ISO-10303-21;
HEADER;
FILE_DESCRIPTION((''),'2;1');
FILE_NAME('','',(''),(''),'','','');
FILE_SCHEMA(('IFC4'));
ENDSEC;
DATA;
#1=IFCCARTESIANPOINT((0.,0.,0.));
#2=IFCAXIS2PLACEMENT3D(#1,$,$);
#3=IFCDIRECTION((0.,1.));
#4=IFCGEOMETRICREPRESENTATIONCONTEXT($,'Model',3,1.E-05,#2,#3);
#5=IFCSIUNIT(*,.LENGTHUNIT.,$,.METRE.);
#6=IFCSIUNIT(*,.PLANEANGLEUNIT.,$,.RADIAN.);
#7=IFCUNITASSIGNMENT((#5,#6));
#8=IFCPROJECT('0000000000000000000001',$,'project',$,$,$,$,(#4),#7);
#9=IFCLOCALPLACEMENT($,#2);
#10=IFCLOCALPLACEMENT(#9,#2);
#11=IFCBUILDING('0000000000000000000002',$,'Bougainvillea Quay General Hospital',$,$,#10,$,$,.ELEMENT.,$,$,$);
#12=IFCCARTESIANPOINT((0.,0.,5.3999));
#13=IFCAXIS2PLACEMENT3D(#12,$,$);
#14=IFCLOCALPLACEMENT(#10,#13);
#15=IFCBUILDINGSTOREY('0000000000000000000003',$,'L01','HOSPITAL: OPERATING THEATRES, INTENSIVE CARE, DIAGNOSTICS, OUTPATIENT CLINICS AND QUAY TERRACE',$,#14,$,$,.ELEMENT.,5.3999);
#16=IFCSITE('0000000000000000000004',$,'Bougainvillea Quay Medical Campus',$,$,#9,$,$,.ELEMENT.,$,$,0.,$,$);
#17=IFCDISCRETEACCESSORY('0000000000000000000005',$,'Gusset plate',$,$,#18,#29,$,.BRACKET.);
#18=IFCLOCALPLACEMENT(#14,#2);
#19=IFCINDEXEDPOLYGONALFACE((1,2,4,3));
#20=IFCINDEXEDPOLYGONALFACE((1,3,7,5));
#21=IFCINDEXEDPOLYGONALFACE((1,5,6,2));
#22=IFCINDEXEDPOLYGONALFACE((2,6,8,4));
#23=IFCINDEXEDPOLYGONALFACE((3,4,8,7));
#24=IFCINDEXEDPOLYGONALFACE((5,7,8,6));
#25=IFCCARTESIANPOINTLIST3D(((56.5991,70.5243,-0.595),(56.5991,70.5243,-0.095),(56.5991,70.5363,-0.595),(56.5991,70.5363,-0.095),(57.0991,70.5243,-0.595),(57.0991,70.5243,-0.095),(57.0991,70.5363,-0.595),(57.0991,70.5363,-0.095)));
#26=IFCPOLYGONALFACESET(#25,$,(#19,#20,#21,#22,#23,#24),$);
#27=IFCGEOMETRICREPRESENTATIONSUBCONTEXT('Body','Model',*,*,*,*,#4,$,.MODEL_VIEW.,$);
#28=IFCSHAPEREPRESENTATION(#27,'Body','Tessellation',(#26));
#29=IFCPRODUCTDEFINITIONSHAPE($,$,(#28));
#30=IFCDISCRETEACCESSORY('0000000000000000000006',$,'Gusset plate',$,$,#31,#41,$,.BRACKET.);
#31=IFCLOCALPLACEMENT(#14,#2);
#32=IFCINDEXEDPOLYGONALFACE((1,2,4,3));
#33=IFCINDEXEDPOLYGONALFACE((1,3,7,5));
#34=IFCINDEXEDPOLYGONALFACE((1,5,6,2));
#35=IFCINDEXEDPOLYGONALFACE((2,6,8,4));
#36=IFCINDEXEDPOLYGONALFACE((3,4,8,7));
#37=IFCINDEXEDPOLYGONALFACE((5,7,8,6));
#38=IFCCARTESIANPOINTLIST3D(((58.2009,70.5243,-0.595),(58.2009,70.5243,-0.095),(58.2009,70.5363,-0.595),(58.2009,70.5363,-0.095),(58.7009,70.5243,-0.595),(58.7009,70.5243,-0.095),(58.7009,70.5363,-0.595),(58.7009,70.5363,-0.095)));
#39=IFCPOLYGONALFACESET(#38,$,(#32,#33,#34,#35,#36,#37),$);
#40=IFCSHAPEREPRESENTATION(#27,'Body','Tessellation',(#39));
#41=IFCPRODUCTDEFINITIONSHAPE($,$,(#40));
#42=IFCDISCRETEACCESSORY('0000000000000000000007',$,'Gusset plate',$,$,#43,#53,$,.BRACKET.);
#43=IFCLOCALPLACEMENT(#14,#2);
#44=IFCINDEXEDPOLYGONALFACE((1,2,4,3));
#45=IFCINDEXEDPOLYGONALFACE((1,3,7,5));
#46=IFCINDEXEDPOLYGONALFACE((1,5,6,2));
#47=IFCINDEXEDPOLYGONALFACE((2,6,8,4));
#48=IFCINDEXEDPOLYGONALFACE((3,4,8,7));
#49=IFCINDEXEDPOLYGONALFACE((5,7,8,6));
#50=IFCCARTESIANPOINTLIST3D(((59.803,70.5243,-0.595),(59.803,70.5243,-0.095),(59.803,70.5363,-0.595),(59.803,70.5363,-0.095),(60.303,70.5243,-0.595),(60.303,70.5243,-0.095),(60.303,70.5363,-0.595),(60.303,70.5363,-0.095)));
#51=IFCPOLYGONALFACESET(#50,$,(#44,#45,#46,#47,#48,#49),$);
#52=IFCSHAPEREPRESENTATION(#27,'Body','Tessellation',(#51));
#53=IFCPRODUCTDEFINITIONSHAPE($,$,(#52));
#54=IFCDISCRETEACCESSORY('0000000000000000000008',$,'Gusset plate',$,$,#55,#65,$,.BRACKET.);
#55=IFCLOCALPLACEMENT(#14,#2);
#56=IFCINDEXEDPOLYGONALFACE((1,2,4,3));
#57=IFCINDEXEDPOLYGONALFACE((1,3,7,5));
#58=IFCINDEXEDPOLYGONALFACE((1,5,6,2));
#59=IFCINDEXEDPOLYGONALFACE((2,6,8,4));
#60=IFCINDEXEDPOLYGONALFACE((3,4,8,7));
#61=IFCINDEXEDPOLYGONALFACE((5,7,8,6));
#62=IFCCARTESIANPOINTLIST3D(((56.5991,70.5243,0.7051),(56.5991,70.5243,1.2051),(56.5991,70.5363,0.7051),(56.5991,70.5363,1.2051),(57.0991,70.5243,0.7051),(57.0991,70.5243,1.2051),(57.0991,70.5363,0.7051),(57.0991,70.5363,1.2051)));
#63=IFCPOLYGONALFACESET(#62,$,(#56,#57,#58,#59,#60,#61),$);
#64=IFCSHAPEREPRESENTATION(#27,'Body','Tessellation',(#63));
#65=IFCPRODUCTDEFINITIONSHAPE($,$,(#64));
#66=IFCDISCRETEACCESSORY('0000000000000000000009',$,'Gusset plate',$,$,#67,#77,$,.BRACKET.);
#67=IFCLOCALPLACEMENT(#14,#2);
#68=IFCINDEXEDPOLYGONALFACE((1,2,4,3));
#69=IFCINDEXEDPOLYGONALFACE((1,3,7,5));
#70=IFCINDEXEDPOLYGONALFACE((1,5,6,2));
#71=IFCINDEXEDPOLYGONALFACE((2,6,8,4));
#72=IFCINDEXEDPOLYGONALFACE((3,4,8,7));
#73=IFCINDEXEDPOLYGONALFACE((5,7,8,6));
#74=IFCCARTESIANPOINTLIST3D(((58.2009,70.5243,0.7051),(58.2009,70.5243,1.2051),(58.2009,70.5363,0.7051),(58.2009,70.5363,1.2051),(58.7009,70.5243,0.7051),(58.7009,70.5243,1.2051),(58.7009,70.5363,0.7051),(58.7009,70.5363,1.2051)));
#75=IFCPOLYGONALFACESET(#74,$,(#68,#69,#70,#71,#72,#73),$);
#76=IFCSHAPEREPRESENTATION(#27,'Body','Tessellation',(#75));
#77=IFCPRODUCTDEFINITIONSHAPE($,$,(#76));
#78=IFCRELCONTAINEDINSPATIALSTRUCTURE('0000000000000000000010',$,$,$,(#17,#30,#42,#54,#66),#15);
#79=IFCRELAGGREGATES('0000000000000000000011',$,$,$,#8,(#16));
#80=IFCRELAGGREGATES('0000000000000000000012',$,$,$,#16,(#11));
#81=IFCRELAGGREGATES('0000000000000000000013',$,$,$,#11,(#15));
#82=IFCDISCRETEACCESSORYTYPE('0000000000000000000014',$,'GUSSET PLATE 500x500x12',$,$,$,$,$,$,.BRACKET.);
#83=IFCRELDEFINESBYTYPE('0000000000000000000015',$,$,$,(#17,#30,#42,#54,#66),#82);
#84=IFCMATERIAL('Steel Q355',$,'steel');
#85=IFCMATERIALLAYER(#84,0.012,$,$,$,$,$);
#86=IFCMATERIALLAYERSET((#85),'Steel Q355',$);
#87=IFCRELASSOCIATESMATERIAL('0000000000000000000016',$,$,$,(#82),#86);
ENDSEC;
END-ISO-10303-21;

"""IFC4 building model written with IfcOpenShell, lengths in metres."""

from ifc_helpers import new_model, si_unit, direction, frame, origin, origin_2d, place, context, subcontext, project, spatial, rectangle, extrude, material, layer, layer_set, type_object, element, save


model = new_model("IFC4")

# Units and contexts
model_context = context("Model", 3, precision=1e-05, world=origin(), true_north=direction((0.0, 1.0)))
body_context = subcontext(model_context, "Body", "Model", "MODEL_VIEW")
ifc_project = project(units=[si_unit("LENGTHUNIT", "METRE"), si_unit("PLANEANGLEUNIT", "RADIAN")], contexts=[model_context])

# Site, building, storey
site_placement = place(None, origin())
site = spatial("IfcSite", under=ifc_project, at=site_placement, Name="Bougainvillea Quay Medical Campus", CompositionType="ELEMENT", RefElevation=0.0)
building_placement = place(site_placement, origin())
building = spatial("IfcBuilding", under=site, at=building_placement, Name="Bougainvillea Quay General Hospital", CompositionType="ELEMENT")
storey_placement = place(building_placement, frame((0.0, 0.0, 5.3999)))
storey = spatial("IfcBuildingStorey", under=building, at=storey_placement, Name="L01", Description="HOSPITAL: OPERATING THEATRES, INTENSIVE CARE, DIAGNOSTICS, OUTPATIENT CLINICS AND QUAY TERRACE", CompositionType="ELEMENT", Elevation=5.3999)

# Shared definitions
ifc_material_1 = material(Name="Steel Q355", Category="steel")

# Discrete accessories
ifc_layer_1 = layer(ifc_material_1, 0.012)
ifc_layer_set_1 = layer_set([ifc_layer_1], Name="Steel Q355")
discrete_accessory_type = type_object("IfcDiscreteAccessoryType", Name="GUSSET PLATE 500x500x12", PredefinedType="BRACKET", material=ifc_layer_set_1)
for number, where, z_axis, x_axis, name in (
    (1, (56.8491, 70.5303, -0.595), (0.0, 0.0, 1.0), (1.0, 0.0, 0.0), "Gusset plate"),
    (2, (58.4509, 70.5303, -0.595), (0.0, 0.0, 1.0), (1.0, 0.0, 0.0), "Gusset plate"),
    (3, (60.053, 70.5303, -0.595), (0.0, 0.0, 1.0), (1.0, 0.0, 0.0), "Gusset plate"),
    (4, (56.8491, 70.5303, 0.7051), (0.0, 0.0, 1.0), (1.0, 0.0, 0.0), "Gusset plate"),
    (5, (58.4509, 70.5303, 0.7051), (0.0, 0.0, 1.0), (1.0, 0.0, 0.0), "Gusset plate"),
):
    element("IfcDiscreteAccessory", number, at=place(storey_placement, frame(where, z_axis=z_axis, x_axis=x_axis)), inside=storey, type_object=discrete_accessory_type, Name=name, PredefinedType="BRACKET", context=body_context, shape_type="SweptSolid", body=[
        extrude(rectangle(XDim=0.5, YDim=0.012, at=origin_2d()), origin(), (0.0, 0.0, 1.0), 0.5),
    ])

save(model, "model.ifc")
